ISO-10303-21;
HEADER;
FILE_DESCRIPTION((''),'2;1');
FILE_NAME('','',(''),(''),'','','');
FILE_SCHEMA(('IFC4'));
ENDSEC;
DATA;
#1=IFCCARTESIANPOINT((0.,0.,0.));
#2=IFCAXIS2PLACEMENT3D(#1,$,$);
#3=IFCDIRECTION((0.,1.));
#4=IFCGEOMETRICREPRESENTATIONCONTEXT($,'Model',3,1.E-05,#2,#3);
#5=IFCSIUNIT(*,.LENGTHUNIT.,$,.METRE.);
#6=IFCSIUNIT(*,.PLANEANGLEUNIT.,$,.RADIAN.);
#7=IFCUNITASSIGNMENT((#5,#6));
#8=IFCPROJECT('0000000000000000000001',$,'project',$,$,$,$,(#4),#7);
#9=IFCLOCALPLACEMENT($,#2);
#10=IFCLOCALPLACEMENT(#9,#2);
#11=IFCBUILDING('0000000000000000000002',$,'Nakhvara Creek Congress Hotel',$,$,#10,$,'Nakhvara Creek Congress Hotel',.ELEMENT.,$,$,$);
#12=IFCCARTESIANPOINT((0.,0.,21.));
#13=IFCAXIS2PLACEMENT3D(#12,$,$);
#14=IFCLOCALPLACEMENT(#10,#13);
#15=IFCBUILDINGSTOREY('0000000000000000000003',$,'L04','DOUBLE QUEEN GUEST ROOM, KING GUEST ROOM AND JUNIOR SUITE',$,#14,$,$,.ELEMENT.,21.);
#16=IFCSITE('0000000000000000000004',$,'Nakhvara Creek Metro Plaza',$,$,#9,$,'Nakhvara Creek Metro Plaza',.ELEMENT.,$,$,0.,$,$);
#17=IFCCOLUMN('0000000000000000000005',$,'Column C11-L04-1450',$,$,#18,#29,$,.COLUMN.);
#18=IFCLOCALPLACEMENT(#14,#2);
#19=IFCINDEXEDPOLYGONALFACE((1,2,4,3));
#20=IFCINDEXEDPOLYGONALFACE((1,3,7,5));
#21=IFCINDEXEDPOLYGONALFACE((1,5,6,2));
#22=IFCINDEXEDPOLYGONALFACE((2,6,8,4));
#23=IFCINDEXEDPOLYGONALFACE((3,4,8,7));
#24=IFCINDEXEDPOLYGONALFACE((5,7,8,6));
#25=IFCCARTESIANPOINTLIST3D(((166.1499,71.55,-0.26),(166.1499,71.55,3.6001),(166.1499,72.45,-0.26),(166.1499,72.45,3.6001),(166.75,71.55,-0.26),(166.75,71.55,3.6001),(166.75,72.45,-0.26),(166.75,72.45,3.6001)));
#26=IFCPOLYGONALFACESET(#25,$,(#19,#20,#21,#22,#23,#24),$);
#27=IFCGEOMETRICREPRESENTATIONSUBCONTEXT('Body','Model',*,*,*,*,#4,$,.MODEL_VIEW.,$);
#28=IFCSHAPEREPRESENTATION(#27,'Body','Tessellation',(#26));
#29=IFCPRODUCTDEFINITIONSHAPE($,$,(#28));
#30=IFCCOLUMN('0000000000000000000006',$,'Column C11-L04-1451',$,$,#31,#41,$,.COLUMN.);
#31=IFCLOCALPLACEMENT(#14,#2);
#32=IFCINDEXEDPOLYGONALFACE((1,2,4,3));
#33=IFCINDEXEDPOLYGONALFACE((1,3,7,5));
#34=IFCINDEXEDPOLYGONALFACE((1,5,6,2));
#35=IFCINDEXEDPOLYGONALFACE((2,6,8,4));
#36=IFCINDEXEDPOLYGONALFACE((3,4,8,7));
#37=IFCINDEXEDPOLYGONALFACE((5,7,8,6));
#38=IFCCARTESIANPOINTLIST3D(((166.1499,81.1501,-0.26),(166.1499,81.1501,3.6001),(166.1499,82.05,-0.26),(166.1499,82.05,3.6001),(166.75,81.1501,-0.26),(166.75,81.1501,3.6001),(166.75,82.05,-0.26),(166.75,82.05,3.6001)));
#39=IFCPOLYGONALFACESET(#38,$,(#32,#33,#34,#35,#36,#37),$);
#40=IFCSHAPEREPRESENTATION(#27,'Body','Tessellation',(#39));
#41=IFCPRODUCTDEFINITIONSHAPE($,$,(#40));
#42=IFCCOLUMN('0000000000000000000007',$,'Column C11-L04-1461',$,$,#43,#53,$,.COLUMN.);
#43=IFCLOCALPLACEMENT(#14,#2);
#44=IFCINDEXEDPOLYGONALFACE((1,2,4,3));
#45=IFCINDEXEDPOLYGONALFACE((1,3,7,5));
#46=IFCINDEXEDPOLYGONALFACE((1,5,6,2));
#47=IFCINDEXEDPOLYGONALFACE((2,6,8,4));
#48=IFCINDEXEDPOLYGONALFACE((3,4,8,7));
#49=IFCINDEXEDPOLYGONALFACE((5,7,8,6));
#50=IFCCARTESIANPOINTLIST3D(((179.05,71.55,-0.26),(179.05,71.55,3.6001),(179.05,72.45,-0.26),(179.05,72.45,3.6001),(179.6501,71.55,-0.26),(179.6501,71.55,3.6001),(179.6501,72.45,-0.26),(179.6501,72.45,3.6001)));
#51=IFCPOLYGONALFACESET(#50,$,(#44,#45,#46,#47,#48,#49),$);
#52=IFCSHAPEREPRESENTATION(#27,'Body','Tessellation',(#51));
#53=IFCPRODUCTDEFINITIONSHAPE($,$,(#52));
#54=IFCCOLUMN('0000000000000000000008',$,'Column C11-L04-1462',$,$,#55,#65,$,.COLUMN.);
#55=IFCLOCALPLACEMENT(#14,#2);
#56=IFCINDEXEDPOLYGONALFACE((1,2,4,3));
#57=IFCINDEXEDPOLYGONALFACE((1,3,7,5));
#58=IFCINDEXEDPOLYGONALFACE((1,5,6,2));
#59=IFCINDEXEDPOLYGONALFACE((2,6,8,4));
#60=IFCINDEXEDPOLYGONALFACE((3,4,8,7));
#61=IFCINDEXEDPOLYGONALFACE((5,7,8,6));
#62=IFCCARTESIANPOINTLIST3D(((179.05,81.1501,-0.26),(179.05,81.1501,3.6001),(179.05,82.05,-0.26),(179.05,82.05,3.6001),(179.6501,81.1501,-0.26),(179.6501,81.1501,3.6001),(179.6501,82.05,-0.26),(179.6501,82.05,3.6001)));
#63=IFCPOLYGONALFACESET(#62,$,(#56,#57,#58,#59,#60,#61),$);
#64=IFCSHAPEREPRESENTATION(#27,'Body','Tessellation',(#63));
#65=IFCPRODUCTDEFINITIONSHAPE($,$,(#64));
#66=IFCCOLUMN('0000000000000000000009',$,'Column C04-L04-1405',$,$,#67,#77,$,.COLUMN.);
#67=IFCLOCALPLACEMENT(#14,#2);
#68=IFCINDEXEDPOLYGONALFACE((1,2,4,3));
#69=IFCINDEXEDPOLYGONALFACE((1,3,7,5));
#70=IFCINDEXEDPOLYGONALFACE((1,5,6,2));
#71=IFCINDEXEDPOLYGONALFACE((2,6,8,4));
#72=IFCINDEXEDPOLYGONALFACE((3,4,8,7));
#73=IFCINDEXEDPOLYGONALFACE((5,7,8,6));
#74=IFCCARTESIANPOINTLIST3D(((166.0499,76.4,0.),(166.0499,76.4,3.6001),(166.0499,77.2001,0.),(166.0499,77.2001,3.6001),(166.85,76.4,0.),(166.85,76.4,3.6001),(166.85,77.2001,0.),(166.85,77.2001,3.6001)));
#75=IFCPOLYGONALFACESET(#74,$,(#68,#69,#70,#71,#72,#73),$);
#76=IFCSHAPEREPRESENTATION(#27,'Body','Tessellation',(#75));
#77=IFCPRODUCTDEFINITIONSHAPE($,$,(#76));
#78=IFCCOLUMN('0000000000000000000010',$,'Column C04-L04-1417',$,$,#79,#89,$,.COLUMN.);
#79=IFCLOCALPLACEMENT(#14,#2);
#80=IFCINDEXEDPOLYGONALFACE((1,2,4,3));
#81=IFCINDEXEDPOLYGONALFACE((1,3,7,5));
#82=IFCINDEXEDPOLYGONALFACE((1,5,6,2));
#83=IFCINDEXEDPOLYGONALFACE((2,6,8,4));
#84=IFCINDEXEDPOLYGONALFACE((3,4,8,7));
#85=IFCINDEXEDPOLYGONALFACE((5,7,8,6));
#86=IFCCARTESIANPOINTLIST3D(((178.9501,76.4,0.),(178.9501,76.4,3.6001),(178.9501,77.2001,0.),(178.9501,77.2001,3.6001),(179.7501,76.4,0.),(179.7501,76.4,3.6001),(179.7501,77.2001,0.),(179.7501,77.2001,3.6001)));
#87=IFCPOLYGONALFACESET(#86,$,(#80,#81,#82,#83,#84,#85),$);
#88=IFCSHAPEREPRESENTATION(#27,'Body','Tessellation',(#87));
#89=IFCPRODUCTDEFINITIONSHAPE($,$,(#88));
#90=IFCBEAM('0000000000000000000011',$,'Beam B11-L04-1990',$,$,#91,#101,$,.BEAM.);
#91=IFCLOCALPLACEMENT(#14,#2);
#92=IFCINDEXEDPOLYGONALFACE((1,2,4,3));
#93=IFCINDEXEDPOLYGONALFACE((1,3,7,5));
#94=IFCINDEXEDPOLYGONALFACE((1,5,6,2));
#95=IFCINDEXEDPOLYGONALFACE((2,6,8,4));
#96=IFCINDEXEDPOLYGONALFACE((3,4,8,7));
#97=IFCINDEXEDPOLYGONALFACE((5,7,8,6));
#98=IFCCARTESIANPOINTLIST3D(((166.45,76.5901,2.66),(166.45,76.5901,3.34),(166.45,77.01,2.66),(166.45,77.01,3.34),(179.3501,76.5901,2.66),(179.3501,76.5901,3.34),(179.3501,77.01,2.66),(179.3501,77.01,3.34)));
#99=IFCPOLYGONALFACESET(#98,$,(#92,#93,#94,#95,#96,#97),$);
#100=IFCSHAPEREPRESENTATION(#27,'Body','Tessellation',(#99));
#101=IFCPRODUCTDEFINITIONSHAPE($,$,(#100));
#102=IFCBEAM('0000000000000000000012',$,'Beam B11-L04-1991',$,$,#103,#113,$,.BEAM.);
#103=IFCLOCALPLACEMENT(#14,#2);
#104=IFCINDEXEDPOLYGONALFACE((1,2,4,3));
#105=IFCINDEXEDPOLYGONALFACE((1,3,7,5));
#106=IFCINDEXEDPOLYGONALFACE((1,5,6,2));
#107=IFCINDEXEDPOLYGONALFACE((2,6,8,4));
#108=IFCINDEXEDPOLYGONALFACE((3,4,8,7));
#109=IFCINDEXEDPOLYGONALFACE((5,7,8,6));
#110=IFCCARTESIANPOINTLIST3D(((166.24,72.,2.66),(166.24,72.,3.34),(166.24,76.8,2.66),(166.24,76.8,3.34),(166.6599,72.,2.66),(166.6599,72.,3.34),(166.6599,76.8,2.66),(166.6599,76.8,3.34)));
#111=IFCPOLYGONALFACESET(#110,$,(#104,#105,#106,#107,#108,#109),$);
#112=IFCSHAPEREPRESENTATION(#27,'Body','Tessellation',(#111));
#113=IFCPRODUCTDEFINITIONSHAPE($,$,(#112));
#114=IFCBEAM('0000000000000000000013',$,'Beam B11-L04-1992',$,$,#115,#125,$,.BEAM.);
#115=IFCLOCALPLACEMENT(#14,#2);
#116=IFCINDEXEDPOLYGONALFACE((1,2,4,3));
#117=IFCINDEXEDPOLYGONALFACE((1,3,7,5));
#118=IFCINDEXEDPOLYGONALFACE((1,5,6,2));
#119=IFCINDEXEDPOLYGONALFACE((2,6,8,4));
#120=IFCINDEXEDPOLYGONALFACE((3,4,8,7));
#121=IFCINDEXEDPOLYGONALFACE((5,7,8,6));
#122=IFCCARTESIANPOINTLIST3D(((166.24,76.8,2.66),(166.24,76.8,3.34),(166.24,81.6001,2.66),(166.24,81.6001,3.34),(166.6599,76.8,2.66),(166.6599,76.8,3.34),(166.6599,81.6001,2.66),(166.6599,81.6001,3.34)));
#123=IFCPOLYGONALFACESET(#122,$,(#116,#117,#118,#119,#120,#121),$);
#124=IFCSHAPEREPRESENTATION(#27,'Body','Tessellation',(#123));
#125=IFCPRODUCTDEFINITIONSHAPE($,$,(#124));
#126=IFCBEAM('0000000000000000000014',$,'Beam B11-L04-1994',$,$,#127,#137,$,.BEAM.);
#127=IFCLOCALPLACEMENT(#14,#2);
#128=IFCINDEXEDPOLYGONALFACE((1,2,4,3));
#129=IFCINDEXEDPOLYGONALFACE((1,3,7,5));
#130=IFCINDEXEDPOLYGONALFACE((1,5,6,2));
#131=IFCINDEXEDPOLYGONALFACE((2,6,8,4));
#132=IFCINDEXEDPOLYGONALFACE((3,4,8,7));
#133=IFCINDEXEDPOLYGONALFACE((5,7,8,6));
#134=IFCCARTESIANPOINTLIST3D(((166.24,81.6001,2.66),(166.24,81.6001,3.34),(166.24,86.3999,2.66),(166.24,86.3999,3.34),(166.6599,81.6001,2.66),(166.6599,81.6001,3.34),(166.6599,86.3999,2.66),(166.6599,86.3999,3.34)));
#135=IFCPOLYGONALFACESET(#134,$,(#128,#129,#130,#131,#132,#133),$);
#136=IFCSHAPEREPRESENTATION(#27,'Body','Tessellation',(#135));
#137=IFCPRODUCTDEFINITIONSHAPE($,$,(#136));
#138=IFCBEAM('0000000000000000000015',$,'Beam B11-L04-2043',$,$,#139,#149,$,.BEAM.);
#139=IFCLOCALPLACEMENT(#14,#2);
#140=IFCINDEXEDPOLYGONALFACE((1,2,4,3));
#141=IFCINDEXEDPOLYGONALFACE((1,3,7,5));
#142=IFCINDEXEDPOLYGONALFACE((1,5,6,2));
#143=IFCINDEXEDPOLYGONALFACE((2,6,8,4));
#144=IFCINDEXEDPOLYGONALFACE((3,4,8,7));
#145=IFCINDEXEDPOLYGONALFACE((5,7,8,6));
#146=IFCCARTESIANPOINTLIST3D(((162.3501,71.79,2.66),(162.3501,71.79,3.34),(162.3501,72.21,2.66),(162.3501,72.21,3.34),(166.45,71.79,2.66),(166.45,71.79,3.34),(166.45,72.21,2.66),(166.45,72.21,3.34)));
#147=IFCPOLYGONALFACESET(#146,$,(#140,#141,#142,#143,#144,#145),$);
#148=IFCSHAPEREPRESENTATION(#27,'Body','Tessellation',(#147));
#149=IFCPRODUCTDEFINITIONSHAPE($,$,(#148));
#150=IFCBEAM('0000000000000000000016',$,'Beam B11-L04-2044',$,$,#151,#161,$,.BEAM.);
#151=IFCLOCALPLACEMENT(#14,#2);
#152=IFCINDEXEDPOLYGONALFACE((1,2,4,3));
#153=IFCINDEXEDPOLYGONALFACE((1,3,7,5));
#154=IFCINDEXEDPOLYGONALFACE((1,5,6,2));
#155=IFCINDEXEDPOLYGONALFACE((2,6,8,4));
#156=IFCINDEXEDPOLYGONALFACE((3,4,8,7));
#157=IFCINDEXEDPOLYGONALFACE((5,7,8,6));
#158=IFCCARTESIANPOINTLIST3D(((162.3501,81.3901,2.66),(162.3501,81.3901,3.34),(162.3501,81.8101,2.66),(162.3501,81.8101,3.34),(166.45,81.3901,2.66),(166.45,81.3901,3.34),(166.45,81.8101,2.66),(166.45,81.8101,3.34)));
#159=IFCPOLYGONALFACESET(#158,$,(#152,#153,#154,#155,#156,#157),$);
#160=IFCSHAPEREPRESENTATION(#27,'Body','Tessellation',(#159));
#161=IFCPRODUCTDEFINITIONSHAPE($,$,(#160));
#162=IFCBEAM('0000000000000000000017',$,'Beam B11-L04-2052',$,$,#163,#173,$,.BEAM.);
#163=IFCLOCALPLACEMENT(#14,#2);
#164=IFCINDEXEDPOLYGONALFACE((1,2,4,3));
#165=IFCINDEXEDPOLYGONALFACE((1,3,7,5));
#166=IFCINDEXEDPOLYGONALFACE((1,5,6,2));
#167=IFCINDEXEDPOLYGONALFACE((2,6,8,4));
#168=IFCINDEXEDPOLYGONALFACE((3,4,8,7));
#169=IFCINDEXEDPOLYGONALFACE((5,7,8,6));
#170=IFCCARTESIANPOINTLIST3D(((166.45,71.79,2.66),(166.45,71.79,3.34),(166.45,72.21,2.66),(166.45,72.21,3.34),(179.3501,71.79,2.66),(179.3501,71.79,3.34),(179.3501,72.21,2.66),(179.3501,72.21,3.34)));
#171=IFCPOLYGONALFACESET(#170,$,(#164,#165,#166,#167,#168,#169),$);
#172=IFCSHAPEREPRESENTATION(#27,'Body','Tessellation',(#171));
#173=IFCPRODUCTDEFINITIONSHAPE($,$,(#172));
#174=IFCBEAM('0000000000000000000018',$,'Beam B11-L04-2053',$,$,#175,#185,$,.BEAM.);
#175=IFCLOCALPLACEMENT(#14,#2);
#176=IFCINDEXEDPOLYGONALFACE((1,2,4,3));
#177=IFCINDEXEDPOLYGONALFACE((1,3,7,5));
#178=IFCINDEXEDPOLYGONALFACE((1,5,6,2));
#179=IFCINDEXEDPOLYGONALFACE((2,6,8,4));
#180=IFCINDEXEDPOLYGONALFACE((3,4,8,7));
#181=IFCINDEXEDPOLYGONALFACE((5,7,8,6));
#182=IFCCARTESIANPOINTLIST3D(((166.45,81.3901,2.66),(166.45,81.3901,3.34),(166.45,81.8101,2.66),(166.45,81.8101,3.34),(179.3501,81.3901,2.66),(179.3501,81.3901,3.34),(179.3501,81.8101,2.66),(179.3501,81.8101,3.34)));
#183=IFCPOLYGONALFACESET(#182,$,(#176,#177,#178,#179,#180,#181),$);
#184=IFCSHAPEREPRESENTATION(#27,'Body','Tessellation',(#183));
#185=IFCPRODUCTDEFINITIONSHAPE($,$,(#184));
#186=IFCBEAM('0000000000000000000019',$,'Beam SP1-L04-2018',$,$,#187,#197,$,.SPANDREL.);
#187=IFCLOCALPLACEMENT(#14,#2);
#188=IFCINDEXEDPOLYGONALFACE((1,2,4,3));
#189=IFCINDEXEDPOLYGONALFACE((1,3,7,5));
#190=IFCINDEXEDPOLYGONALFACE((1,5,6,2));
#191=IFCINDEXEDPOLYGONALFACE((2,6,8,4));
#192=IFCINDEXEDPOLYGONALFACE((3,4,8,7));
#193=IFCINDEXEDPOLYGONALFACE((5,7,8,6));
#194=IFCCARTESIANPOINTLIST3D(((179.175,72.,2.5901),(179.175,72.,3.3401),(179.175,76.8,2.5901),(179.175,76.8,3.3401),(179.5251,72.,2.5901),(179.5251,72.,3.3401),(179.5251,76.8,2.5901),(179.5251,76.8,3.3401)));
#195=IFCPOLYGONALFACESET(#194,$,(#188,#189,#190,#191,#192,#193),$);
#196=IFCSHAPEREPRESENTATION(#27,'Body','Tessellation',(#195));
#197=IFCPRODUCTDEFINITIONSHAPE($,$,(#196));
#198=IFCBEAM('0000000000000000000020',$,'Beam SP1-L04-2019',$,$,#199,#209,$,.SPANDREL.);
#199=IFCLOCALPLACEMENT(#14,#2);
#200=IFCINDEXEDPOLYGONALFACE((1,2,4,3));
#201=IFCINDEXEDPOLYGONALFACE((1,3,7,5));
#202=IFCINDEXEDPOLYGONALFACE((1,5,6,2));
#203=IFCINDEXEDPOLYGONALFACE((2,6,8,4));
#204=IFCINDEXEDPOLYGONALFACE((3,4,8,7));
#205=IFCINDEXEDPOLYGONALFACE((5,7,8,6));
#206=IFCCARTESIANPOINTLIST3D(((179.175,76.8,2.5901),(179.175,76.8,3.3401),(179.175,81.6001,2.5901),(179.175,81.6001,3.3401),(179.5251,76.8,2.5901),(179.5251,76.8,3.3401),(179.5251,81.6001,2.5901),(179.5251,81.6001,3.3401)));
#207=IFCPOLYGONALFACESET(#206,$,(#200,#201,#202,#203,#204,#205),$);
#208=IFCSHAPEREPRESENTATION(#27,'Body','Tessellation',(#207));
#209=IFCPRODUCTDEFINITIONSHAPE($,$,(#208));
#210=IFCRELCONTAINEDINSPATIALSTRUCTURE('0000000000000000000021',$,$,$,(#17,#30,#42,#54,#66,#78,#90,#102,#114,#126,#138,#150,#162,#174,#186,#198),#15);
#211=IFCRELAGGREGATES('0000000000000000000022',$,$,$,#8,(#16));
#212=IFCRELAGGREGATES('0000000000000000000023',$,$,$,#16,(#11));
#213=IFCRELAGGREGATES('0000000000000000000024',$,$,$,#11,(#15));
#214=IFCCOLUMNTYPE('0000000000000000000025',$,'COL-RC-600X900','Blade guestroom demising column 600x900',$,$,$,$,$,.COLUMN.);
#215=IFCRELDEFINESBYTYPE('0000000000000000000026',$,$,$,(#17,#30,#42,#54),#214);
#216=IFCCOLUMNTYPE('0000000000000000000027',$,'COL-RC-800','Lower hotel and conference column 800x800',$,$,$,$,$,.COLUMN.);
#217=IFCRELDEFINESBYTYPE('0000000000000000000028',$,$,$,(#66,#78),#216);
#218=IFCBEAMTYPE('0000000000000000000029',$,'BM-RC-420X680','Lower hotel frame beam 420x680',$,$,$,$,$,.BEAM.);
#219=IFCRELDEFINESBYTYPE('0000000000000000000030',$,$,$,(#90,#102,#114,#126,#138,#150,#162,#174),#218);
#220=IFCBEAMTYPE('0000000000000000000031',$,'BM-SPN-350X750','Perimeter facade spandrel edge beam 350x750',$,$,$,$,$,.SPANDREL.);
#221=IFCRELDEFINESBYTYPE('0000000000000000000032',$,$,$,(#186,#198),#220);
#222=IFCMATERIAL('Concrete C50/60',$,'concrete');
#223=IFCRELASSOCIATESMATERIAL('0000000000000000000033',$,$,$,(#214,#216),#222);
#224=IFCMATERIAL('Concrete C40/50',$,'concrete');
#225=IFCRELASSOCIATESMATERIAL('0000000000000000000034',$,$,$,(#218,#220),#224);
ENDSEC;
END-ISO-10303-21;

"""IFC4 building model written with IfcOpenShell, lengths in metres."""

from ifc_helpers import new_model, si_unit, direction, frame, origin, origin_2d, place, context, subcontext, project, spatial, rectangle, extrude, material, material_profile, profile_set, type_object, element, save


model = new_model("IFC4")

# Units and contexts
model_context = context("Model", 3, precision=1e-05, world=origin(), true_north=direction((0.0, 1.0)))
body_context = subcontext(model_context, "Body", "Model", "MODEL_VIEW")
ifc_project = project(units=[si_unit("LENGTHUNIT", "METRE"), si_unit("PLANEANGLEUNIT", "RADIAN")], contexts=[model_context])

# Site, building, storey
site_placement = place(None, origin())
site = spatial("IfcSite", under=ifc_project, at=site_placement, Name="Nakhvara Creek Metro Plaza", LongName="Nakhvara Creek Metro Plaza", CompositionType="ELEMENT", RefElevation=0.0)
building_placement = place(site_placement, origin())
building = spatial("IfcBuilding", under=site, at=building_placement, Name="Nakhvara Creek Congress Hotel", LongName="Nakhvara Creek Congress Hotel", CompositionType="ELEMENT")
storey_placement = place(building_placement, frame((0.0, 0.0, 21.0)))
storey = spatial("IfcBuildingStorey", under=building, at=storey_placement, Name="L04", Description="DOUBLE QUEEN GUEST ROOM, KING GUEST ROOM AND JUNIOR SUITE", CompositionType="ELEMENT", Elevation=21.0)

# Columns
ifc_material_1 = material(Name="Concrete C50/60", Category="concrete")
ifc_material_profile_1 = material_profile(ifc_material_1, rectangle(XDim=0.6001, YDim=0.8999, at=origin_2d()), Name="RC-COL 600x900", Category="LoadBearing")
ifc_profile_set_1 = profile_set([ifc_material_profile_1], Name="Concrete C50/60")
column_type_1 = type_object("IfcColumnType", Name="COL-RC-600X900", Description="Blade guestroom demising column 600x900", PredefinedType="COLUMN", material=ifc_profile_set_1)
for number, where, z_axis, x_axis, name in (
    (1, (166.45, 72.0, -0.26), (0.0, 0.0, 1.0), (1.0, 0.0, 0.0), "Column C11-L04-1450"),
    (2, (166.45, 81.6001, -0.26), (0.0, 0.0, 1.0), (1.0, 0.0, 0.0), "Column C11-L04-1451"),
    (3, (179.3501, 72.0, -0.26), (0.0, 0.0, 1.0), (1.0, 0.0, 0.0), "Column C11-L04-1461"),
    (4, (179.3501, 81.6001, -0.26), (0.0, 0.0, 1.0), (1.0, 0.0, 0.0), "Column C11-L04-1462"),
):
    element("IfcColumn", number, at=place(storey_placement, frame(where, z_axis=z_axis, x_axis=x_axis)), inside=storey, type_object=column_type_1, Name=name, PredefinedType="COLUMN", context=body_context, shape_type="SweptSolid", body=[
        extrude(rectangle(XDim=0.6001, YDim=0.8999, at=origin_2d()), origin(), (0.0, 0.0, 1.0), 3.8601),
    ])
ifc_material_profile_2 = material_profile(ifc_material_1, rectangle(XDim=0.8, YDim=0.8, at=origin_2d()), Name="RC-COL 800x800", Category="LoadBearing")
ifc_profile_set_2 = profile_set([ifc_material_profile_2], Name="Concrete C50/60")
column_type_2 = type_object("IfcColumnType", Name="COL-RC-800", Description="Lower hotel and conference column 800x800", PredefinedType="COLUMN", material=ifc_profile_set_2)
for number, where, z_axis, x_axis, name in (
    (5, (166.45, 76.8, 0.0), (0.0, 0.0, 1.0), (1.0, 0.0, 0.0), "Column C04-L04-1405"),
    (6, (179.3501, 76.8, 0.0), (0.0, 0.0, 1.0), (1.0, 0.0, 0.0), "Column C04-L04-1417"),
):
    element("IfcColumn", number, at=place(storey_placement, frame(where, z_axis=z_axis, x_axis=x_axis)), inside=storey, type_object=column_type_2, Name=name, PredefinedType="COLUMN", context=body_context, shape_type="SweptSolid", body=[
        extrude(rectangle(XDim=0.8, YDim=0.8, at=origin_2d()), origin(), (0.0, 0.0, 1.0), 3.6001),
    ])

# Beams
ifc_material_2 = material(Name="Concrete C40/50", Category="concrete")
ifc_material_profile_3 = material_profile(ifc_material_2, rectangle(XDim=0.4199, YDim=0.6799, at=origin_2d()), Name="RC-BM 420x680", Category="LoadBearing")
ifc_profile_set_3 = profile_set([ifc_material_profile_3], Name="Concrete C40/50")
beam_type_1 = type_object("IfcBeamType", Name="BM-RC-420X680", Description="Lower hotel frame beam 420x680", PredefinedType="BEAM", material=ifc_profile_set_3)
beam_1_placement = place(storey_placement, frame((166.45, 76.8, 3.0), z_axis=(1.0, 0.0, 0.0), x_axis=(0.0, 1.0, 0.0)))
element("IfcBeam", 7, at=beam_1_placement, inside=storey, type_object=beam_type_1, Name="Beam B11-L04-1990", PredefinedType="BEAM", context=body_context, shape_type="SweptSolid", body=[
    extrude(rectangle(XDim=0.4199, YDim=0.6799, at=origin_2d()), origin(), (0.0, 0.0, 1.0), 12.9001),
])
for number, where, z_axis, x_axis, name in (
    (8, (166.45, 72.0, 3.0), (0.0, 1.0, 0.0), (-1.0, 0.0, 0.0), "Beam B11-L04-1991"),
    (9, (166.45, 76.8, 3.0), (0.0, 1.0, 0.0), (-1.0, 0.0, 0.0), "Beam B11-L04-1992"),
):
    element("IfcBeam", number, at=place(storey_placement, frame(where, z_axis=z_axis, x_axis=x_axis)), inside=storey, type_object=beam_type_1, Name=name, PredefinedType="BEAM", context=body_context, shape_type="SweptSolid", body=[
        extrude(rectangle(XDim=0.4199, YDim=0.6799, at=origin_2d()), origin(), (0.0, 0.0, 1.0), 4.8),
    ])
beam_2_placement = place(storey_placement, frame((166.45, 81.6001, 3.0), z_axis=(0.0, 1.0, 0.0), x_axis=(-1.0, 0.0, 0.0)))
element("IfcBeam", 10, at=beam_2_placement, inside=storey, type_object=beam_type_1, Name="Beam B11-L04-1994", PredefinedType="BEAM", context=body_context, shape_type="SweptSolid", body=[
    extrude(rectangle(XDim=0.4199, YDim=0.6799, at=origin_2d()), origin(), (0.0, 0.0, 1.0), 4.7998),
])
for number, where, z_axis, x_axis, name in (
    (11, (162.3501, 72.0, 3.0), (1.0, 0.0, 0.0), (0.0, 1.0, 0.0), "Beam B11-L04-2043"),
    (12, (162.3501, 81.6001, 3.0), (1.0, 0.0, 0.0), (0.0, 1.0, 0.0), "Beam B11-L04-2044"),
):
    element("IfcBeam", number, at=place(storey_placement, frame(where, z_axis=z_axis, x_axis=x_axis)), inside=storey, type_object=beam_type_1, Name=name, PredefinedType="BEAM", context=body_context, shape_type="SweptSolid", body=[
        extrude(rectangle(XDim=0.4199, YDim=0.6799, at=origin_2d()), origin(), (0.0, 0.0, 1.0), 4.0999),
    ])
for number, where, z_axis, x_axis, name in (
    (13, (166.45, 72.0, 3.0), (1.0, 0.0, 0.0), (0.0, 1.0, 0.0), "Beam B11-L04-2052"),
    (14, (166.45, 81.6001, 3.0), (1.0, 0.0, 0.0), (0.0, 1.0, 0.0), "Beam B11-L04-2053"),
):
    element("IfcBeam", number, at=place(storey_placement, frame(where, z_axis=z_axis, x_axis=x_axis)), inside=storey, type_object=beam_type_1, Name=name, PredefinedType="BEAM", context=body_context, shape_type="SweptSolid", body=[
        extrude(rectangle(XDim=0.4199, YDim=0.6799, at=origin_2d()), origin(), (0.0, 0.0, 1.0), 12.9001),
    ])
ifc_material_profile_4 = material_profile(ifc_material_2, rectangle(XDim=0.3501, YDim=0.75, at=origin_2d()), Name="RC-SPANDREL 350x750", Category="LoadBearing")
ifc_profile_set_4 = profile_set([ifc_material_profile_4], Name="Concrete C40/50")
beam_type_2 = type_object("IfcBeamType", Name="BM-SPN-350X750", Description="Perimeter facade spandrel edge beam 350x750", PredefinedType="SPANDREL", material=ifc_profile_set_4)
for number, where, z_axis, x_axis, name in (
    (15, (179.3501, 72.0, 2.9651), (0.0, 1.0, 0.0), (-1.0, 0.0, 0.0), "Beam SP1-L04-2018"),
    (16, (179.3501, 76.8, 2.9651), (0.0, 1.0, 0.0), (-1.0, 0.0, 0.0), "Beam SP1-L04-2019"),
):
    element("IfcBeam", number, at=place(storey_placement, frame(where, z_axis=z_axis, x_axis=x_axis)), inside=storey, type_object=beam_type_2, Name=name, PredefinedType="SPANDREL", context=body_context, shape_type="SweptSolid", body=[
        extrude(rectangle(XDim=0.3501, YDim=0.75, at=origin_2d()), origin(), (0.0, 0.0, 1.0), 4.8),
    ])

save(model, "model.ifc")
